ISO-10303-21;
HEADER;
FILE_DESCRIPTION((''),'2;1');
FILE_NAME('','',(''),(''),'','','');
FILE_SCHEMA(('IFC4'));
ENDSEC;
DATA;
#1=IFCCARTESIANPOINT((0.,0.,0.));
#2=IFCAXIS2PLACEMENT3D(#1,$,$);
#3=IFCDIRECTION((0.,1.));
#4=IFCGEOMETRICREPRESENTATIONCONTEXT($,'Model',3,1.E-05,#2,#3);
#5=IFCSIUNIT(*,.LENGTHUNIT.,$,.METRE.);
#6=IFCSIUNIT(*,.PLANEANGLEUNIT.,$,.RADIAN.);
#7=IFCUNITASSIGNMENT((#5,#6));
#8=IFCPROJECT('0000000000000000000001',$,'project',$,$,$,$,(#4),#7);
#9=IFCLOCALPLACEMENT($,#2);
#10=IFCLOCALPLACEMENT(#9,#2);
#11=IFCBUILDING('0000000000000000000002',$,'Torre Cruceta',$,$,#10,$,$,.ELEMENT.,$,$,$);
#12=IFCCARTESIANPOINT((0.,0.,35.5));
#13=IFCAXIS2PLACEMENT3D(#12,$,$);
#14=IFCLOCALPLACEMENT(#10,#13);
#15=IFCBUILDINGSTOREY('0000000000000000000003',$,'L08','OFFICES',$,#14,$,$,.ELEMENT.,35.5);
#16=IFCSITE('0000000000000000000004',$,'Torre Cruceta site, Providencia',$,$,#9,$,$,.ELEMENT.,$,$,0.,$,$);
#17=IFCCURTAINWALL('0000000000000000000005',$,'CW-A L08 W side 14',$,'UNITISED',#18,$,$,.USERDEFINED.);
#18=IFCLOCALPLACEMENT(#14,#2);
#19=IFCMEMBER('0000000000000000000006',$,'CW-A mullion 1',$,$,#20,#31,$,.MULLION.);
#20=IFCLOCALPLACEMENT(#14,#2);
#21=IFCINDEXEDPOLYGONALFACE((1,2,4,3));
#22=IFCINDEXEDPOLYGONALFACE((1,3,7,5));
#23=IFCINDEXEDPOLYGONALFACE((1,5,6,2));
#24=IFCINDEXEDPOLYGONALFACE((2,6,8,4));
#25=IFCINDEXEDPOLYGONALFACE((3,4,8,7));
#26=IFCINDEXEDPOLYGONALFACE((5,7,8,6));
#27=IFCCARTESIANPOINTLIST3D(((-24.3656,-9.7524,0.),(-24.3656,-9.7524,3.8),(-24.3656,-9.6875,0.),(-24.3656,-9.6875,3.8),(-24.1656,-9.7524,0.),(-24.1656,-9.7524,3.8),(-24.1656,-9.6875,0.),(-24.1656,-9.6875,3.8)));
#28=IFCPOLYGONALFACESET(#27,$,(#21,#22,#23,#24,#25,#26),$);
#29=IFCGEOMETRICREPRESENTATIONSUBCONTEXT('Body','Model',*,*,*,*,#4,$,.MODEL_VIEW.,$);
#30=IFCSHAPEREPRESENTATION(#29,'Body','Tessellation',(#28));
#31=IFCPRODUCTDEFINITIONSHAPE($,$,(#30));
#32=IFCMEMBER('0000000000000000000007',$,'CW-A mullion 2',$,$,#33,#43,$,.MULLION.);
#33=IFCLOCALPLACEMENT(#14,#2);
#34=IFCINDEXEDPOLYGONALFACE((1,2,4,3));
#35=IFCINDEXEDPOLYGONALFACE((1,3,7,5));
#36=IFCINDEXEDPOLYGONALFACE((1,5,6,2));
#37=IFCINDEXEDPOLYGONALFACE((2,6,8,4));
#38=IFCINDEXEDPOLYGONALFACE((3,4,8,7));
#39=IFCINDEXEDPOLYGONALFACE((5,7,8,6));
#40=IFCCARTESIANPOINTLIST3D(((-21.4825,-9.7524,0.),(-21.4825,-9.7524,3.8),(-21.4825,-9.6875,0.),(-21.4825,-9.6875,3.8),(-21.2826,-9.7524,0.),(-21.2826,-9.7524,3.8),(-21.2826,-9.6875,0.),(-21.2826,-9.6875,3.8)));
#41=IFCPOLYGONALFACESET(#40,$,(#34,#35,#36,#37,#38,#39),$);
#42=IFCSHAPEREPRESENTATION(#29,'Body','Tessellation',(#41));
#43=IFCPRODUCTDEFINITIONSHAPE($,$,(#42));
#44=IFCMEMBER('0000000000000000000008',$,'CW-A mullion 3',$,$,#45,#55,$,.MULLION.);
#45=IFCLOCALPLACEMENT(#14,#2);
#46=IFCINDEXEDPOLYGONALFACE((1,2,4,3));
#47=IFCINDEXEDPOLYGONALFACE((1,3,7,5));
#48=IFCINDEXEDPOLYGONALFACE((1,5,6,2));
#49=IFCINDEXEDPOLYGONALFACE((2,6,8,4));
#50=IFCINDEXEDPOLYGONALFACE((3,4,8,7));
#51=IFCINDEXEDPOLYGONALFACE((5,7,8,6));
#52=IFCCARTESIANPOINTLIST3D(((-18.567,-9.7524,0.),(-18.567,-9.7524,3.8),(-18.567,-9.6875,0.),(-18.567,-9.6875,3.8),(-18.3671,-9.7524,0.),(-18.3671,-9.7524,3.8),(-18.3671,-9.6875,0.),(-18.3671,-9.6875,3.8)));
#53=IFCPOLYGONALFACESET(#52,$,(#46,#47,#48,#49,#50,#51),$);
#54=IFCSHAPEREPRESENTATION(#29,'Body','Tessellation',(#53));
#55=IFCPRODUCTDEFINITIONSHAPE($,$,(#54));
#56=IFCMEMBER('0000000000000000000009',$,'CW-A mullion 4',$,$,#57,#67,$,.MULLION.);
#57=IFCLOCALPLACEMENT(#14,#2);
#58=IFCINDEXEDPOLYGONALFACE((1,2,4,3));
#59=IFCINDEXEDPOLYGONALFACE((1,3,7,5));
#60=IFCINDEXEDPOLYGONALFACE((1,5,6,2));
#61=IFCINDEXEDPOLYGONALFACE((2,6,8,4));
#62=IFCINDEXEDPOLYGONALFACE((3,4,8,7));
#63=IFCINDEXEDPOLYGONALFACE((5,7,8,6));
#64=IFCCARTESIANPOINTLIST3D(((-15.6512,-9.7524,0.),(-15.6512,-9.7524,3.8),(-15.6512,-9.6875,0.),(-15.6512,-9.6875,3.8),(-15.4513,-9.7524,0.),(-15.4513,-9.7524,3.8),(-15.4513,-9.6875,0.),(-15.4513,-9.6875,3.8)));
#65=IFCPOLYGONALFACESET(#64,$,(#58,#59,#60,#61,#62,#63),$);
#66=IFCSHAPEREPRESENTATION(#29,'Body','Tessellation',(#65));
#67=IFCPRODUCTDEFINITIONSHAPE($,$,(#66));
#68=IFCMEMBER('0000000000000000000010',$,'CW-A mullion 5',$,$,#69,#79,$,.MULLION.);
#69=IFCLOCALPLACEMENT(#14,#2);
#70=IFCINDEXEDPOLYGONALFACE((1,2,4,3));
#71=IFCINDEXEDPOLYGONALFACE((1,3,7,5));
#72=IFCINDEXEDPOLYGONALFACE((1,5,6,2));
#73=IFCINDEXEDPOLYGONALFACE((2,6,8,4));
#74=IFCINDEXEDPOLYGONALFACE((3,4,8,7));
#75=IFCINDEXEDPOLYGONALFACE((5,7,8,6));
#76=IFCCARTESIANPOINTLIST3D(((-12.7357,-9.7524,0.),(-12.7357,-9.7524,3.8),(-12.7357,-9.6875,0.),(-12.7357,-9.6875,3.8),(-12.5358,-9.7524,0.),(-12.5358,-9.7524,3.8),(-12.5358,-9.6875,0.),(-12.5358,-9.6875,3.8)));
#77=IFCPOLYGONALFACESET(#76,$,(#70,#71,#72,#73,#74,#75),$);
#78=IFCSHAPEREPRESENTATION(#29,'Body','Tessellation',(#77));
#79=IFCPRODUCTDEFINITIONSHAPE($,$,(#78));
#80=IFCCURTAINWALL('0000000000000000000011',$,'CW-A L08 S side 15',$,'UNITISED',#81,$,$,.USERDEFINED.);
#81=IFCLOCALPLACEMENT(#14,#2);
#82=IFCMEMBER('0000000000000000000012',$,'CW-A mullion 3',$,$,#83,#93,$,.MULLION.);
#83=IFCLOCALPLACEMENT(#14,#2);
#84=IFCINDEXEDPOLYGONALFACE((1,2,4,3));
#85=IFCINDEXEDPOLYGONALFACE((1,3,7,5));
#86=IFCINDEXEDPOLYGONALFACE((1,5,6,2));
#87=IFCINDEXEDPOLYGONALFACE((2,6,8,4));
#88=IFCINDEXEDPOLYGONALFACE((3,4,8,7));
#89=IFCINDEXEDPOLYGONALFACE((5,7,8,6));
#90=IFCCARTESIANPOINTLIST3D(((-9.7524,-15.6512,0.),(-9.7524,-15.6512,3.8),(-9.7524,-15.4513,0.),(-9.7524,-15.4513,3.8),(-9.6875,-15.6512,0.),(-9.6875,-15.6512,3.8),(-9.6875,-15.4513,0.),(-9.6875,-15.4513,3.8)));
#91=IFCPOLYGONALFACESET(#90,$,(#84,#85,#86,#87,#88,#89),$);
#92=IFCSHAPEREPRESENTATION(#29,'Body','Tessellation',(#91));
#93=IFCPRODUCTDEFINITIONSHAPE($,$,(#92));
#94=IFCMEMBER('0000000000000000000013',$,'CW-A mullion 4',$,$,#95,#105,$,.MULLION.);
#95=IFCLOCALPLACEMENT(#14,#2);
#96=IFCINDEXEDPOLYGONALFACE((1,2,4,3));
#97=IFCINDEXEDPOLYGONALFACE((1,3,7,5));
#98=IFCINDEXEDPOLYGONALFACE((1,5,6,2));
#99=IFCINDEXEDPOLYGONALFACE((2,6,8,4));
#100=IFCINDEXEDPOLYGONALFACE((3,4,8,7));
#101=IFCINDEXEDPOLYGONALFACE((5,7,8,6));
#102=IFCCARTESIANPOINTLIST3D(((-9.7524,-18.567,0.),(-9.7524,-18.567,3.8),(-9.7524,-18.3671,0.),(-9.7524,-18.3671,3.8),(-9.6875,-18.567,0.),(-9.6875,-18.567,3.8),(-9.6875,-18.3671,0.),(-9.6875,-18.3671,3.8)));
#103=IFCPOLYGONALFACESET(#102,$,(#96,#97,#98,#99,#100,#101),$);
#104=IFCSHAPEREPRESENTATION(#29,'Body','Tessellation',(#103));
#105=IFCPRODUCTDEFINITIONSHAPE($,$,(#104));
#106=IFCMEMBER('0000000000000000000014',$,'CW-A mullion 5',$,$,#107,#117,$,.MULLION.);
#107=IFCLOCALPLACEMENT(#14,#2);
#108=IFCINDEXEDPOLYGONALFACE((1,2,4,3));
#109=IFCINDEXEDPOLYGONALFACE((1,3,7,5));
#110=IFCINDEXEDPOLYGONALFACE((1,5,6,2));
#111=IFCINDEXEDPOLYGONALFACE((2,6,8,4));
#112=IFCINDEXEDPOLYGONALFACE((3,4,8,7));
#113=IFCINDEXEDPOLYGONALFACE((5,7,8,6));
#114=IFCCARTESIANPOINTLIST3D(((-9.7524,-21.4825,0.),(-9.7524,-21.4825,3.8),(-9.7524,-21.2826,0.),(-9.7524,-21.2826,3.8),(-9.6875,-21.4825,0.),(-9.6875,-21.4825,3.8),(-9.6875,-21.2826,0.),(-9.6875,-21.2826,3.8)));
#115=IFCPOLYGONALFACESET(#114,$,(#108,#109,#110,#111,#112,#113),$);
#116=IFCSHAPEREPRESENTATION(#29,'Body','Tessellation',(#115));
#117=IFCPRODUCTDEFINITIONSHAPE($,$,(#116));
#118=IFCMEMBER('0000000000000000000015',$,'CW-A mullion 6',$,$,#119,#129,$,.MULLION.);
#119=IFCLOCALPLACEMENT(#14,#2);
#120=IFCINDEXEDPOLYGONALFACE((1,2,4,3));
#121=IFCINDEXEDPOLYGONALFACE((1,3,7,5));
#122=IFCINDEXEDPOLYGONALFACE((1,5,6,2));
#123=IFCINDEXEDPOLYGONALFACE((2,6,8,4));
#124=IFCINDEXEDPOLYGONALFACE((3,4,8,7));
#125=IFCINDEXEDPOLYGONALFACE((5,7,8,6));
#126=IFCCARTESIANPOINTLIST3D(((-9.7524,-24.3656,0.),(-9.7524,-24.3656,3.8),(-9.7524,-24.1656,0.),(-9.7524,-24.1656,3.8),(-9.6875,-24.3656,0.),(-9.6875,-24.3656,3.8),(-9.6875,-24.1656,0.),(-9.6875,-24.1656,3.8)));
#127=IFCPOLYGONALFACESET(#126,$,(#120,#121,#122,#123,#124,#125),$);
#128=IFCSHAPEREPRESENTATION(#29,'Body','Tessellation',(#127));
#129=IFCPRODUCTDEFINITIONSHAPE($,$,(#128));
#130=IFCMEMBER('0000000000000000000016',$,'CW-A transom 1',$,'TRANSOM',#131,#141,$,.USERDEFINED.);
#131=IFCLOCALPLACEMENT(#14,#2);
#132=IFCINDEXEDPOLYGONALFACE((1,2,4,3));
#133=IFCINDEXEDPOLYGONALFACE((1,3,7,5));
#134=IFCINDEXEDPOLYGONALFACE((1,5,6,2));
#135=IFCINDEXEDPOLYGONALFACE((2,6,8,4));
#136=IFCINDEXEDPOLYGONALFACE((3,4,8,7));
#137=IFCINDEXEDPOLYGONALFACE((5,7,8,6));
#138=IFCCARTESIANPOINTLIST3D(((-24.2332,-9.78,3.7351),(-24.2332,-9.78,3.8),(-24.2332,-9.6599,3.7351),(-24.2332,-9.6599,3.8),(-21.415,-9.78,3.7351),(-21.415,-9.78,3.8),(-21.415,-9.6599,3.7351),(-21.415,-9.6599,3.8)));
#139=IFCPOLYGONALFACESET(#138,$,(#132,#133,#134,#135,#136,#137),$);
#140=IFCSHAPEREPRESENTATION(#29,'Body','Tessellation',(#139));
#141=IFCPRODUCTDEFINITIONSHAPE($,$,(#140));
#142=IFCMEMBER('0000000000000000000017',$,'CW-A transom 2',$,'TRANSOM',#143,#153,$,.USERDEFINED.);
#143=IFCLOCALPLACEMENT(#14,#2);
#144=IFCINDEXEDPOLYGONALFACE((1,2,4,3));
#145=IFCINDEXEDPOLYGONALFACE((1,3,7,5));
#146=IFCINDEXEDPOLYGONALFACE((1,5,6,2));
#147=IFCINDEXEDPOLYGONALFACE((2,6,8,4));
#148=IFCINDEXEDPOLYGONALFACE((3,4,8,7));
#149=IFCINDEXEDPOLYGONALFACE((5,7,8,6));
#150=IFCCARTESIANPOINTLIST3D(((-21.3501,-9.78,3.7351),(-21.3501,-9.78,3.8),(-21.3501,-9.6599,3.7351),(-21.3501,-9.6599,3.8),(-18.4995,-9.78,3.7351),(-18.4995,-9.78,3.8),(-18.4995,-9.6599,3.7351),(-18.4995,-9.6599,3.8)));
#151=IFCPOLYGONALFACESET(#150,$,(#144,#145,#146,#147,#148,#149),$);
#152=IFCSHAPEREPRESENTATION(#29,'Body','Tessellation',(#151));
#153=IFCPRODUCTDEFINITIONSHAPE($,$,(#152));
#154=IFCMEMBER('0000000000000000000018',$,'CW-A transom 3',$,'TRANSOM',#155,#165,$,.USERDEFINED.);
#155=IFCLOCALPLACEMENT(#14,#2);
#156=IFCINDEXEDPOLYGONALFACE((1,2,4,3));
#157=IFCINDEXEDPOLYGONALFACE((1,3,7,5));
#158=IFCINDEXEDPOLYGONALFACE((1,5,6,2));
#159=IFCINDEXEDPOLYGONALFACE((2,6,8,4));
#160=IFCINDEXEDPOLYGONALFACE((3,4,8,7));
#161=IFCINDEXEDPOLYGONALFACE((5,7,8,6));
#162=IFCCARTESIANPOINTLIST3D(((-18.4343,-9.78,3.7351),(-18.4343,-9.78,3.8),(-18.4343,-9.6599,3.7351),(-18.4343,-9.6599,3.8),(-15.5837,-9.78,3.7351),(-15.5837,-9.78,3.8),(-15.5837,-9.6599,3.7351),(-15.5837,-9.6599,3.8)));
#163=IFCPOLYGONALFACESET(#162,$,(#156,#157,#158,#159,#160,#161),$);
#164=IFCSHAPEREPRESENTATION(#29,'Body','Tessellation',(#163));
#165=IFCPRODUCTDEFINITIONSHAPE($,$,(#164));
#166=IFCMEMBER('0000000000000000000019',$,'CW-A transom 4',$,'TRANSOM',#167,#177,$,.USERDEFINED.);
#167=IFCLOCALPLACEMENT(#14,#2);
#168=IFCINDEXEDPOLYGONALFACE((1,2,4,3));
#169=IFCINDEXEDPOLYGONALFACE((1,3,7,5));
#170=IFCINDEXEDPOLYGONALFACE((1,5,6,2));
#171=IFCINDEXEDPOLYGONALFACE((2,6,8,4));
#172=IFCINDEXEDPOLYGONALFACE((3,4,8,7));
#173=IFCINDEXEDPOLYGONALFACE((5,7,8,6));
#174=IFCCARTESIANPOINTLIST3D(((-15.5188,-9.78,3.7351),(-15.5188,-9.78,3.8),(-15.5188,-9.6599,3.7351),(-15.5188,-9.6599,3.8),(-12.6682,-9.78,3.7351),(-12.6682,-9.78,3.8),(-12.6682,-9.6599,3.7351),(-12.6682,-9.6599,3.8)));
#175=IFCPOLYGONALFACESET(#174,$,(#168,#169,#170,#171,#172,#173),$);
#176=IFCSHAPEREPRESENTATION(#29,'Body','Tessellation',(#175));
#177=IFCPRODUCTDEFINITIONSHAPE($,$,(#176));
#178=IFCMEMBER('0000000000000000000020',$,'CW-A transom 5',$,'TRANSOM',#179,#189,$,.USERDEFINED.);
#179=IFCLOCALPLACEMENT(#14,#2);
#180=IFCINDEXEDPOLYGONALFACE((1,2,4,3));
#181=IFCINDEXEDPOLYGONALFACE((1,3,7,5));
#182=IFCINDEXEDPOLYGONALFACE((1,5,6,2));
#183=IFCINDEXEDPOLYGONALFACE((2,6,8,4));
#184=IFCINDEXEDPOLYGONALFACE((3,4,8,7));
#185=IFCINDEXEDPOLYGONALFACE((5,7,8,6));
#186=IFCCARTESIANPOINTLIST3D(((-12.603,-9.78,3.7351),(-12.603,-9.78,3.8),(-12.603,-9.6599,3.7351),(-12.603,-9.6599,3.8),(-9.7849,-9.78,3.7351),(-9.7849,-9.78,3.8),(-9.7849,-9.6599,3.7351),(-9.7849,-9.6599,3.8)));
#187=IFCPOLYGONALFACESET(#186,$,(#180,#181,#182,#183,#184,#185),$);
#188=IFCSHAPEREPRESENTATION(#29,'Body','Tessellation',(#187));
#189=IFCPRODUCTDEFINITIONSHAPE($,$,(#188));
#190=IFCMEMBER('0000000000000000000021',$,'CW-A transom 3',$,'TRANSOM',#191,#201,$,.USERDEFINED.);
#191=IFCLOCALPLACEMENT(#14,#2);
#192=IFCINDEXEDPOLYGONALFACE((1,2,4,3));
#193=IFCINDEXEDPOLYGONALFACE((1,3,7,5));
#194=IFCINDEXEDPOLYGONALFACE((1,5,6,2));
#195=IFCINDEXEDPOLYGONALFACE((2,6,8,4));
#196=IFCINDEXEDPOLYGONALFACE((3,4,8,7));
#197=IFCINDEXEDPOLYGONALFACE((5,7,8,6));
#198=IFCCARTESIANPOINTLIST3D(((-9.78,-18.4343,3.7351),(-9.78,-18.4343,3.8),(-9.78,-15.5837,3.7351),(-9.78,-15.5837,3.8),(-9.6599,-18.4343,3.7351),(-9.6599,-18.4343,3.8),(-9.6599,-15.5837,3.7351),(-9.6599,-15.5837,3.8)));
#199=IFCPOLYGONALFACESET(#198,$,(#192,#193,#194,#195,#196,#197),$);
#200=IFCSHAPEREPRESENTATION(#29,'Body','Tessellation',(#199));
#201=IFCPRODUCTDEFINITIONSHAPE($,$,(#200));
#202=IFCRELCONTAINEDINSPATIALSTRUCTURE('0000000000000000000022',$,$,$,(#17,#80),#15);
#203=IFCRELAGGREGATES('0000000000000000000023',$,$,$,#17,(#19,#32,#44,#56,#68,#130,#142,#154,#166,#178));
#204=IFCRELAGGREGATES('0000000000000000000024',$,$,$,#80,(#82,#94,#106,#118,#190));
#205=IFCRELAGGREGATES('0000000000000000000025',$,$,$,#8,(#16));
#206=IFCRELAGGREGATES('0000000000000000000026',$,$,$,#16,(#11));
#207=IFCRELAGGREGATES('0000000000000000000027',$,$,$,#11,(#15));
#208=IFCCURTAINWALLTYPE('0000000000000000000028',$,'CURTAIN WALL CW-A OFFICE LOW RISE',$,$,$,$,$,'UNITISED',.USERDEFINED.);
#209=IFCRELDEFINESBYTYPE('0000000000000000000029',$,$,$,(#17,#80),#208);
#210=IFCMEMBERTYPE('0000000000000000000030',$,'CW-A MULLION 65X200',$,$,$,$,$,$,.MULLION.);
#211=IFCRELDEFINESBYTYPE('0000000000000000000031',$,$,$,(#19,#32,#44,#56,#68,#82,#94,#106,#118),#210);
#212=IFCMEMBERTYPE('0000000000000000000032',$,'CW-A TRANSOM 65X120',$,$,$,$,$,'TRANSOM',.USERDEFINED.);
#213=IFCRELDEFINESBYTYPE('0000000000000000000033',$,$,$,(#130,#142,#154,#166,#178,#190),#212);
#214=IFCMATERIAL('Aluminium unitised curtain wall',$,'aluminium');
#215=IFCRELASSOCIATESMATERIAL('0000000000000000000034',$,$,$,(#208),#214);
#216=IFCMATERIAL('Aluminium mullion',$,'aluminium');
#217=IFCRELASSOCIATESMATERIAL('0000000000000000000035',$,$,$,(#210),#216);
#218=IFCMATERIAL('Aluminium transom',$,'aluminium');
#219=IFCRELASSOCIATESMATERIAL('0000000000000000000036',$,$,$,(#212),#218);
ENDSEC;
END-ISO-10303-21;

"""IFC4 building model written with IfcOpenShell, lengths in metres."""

from ifc_helpers import new_model, si_unit, direction, frame, origin, origin_2d, place, context, subcontext, project, spatial, rectangle, extrude, material, material_profile, profile_set, type_object, element, aggregate, save


model = new_model("IFC4")

# Units and contexts
model_context = context("Model", 3, precision=1e-05, world=origin(), true_north=direction((0.0, 1.0)))
body_context = subcontext(model_context, "Body", "Model", "MODEL_VIEW")
ifc_project = project(units=[si_unit("LENGTHUNIT", "METRE"), si_unit("PLANEANGLEUNIT", "RADIAN")], contexts=[model_context])

# Site, building, storey
site_placement = place(None, origin())
site = spatial("IfcSite", under=ifc_project, at=site_placement, Name="Torre Cruceta site, Providencia", CompositionType="ELEMENT", RefElevation=0.0)
building_placement = place(site_placement, origin())
building = spatial("IfcBuilding", under=site, at=building_placement, Name="Torre Cruceta", CompositionType="ELEMENT")
storey_placement = place(building_placement, frame((0.0, 0.0, 35.5)))
storey = spatial("IfcBuildingStorey", under=building, at=storey_placement, Name="L08", Description="OFFICES", CompositionType="ELEMENT", Elevation=35.5)

# Curtain walls, members
ifc_material_1 = material(Name="Aluminium unitised curtain wall", Category="aluminium")
curtain_wall_type = type_object("IfcCurtainWallType", Name="CURTAIN WALL CW-A OFFICE LOW RISE", ElementType="UNITISED", PredefinedType="USERDEFINED", material=ifc_material_1)
curtain_wall_1_placement = place(storey_placement, origin())
curtain_wall_1 = element("IfcCurtainWall", 1, at=curtain_wall_1_placement, inside=storey, type_object=curtain_wall_type, Name="CW-A L08 W side 14", ObjectType="UNITISED", PredefinedType="USERDEFINED")
ifc_material_2 = material(Name="Aluminium mullion", Category="aluminium")
ifc_material_profile_1 = material_profile(ifc_material_2, rectangle(XDim=0.0649, YDim=0.2, at=origin_2d()), Name="AL 65X200")
ifc_profile_set_1 = profile_set([ifc_material_profile_1], Name="Aluminium mullion")
member_type_1 = type_object("IfcMemberType", Name="CW-A MULLION 65X200", PredefinedType="MULLION", material=ifc_profile_set_1)
member_1_placement = place(storey_placement, frame((-24.2656, -9.72, 0.0), z_axis=(0.0, 0.0, 1.0), x_axis=(0.0, 1.0, 0.0)))
member_1 = element("IfcMember", 2, at=member_1_placement, type_object=member_type_1, Name="CW-A mullion 1", PredefinedType="MULLION", context=body_context, shape_type="SweptSolid", body=[
    extrude(rectangle(XDim=0.0649, YDim=0.2, at=origin_2d()), origin(), (0.0, 0.0, 1.0), 3.8),
])
member_2_placement = place(storey_placement, frame((-21.3826, -9.72, 0.0), z_axis=(0.0, 0.0, 1.0), x_axis=(0.0, 1.0, 0.0)))
member_2 = element("IfcMember", 3, at=member_2_placement, type_object=member_type_1, Name="CW-A mullion 2", PredefinedType="MULLION", context=body_context, shape_type="SweptSolid", body=[
    extrude(rectangle(XDim=0.0649, YDim=0.2, at=origin_2d()), origin(), (0.0, 0.0, 1.0), 3.8),
])
member_3_placement = place(storey_placement, frame((-18.467, -9.72, 0.0), z_axis=(0.0, 0.0, 1.0), x_axis=(0.0, 1.0, 0.0)))
member_3 = element("IfcMember", 4, at=member_3_placement, type_object=member_type_1, Name="CW-A mullion 3", PredefinedType="MULLION", context=body_context, shape_type="SweptSolid", body=[
    extrude(rectangle(XDim=0.0649, YDim=0.2, at=origin_2d()), origin(), (0.0, 0.0, 1.0), 3.8),
])
member_4_placement = place(storey_placement, frame((-15.5513, -9.72, 0.0), z_axis=(0.0, 0.0, 1.0), x_axis=(0.0, 1.0, 0.0)))
member_4 = element("IfcMember", 5, at=member_4_placement, type_object=member_type_1, Name="CW-A mullion 4", PredefinedType="MULLION", context=body_context, shape_type="SweptSolid", body=[
    extrude(rectangle(XDim=0.0649, YDim=0.2, at=origin_2d()), origin(), (0.0, 0.0, 1.0), 3.8),
])
member_5_placement = place(storey_placement, frame((-12.6357, -9.72, 0.0), z_axis=(0.0, 0.0, 1.0), x_axis=(0.0, 1.0, 0.0)))
member_5 = element("IfcMember", 6, at=member_5_placement, type_object=member_type_1, Name="CW-A mullion 5", PredefinedType="MULLION", context=body_context, shape_type="SweptSolid", body=[
    extrude(rectangle(XDim=0.0649, YDim=0.2, at=origin_2d()), origin(), (0.0, 0.0, 1.0), 3.8),
])
curtain_wall_2_placement = place(storey_placement, origin())
curtain_wall_2 = element("IfcCurtainWall", 7, at=curtain_wall_2_placement, inside=storey, type_object=curtain_wall_type, Name="CW-A L08 S side 15", ObjectType="UNITISED", PredefinedType="USERDEFINED")
member_6_placement = place(storey_placement, frame((-9.72, -15.5513, 0.0), z_axis=(0.0, 0.0, 1.0), x_axis=(1.0, 0.0, 0.0)))
member_6 = element("IfcMember", 8, at=member_6_placement, type_object=member_type_1, Name="CW-A mullion 3", PredefinedType="MULLION", context=body_context, shape_type="SweptSolid", body=[
    extrude(rectangle(XDim=0.0649, YDim=0.2, at=origin_2d()), origin(), (0.0, 0.0, 1.0), 3.8),
])
member_7_placement = place(storey_placement, frame((-9.72, -18.467, 0.0), z_axis=(0.0, 0.0, 1.0), x_axis=(1.0, 0.0, 0.0)))
member_7 = element("IfcMember", 9, at=member_7_placement, type_object=member_type_1, Name="CW-A mullion 4", PredefinedType="MULLION", context=body_context, shape_type="SweptSolid", body=[
    extrude(rectangle(XDim=0.0649, YDim=0.2, at=origin_2d()), origin(), (0.0, 0.0, 1.0), 3.8),
])
member_8_placement = place(storey_placement, frame((-9.72, -21.3826, 0.0), z_axis=(0.0, 0.0, 1.0), x_axis=(1.0, 0.0, 0.0)))
member_8 = element("IfcMember", 10, at=member_8_placement, type_object=member_type_1, Name="CW-A mullion 5", PredefinedType="MULLION", context=body_context, shape_type="SweptSolid", body=[
    extrude(rectangle(XDim=0.0649, YDim=0.2, at=origin_2d()), origin(), (0.0, 0.0, 1.0), 3.8),
])
member_9_placement = place(storey_placement, frame((-9.72, -24.2656, 0.0), z_axis=(0.0, 0.0, 1.0), x_axis=(1.0, 0.0, 0.0)))
member_9 = element("IfcMember", 11, at=member_9_placement, type_object=member_type_1, Name="CW-A mullion 6", PredefinedType="MULLION", context=body_context, shape_type="SweptSolid", body=[
    extrude(rectangle(XDim=0.0649, YDim=0.2, at=origin_2d()), origin(), (0.0, 0.0, 1.0), 3.8),
])

# Members
ifc_material_3 = material(Name="Aluminium transom", Category="aluminium")
ifc_material_profile_2 = material_profile(ifc_material_3, rectangle(XDim=0.1201, YDim=0.0649, at=origin_2d()), Name="AL 120X65")
ifc_profile_set_2 = profile_set([ifc_material_profile_2], Name="Aluminium transom")
member_type_2 = type_object("IfcMemberType", Name="CW-A TRANSOM 65X120", ElementType="TRANSOM", PredefinedType="USERDEFINED", material=ifc_profile_set_2)
member_10_placement = place(storey_placement, frame((-24.2332, -9.72, 3.7676), z_axis=(1.0, 0.0, 0.0), x_axis=(0.0, 1.0, 0.0)))
member_10 = element("IfcMember", 12, at=member_10_placement, type_object=member_type_2, Name="CW-A transom 1", ObjectType="TRANSOM", PredefinedType="USERDEFINED", context=body_context, shape_type="SweptSolid", body=[
    extrude(rectangle(XDim=0.1201, YDim=0.0649, at=origin_2d()), origin(), (0.0, 0.0, 1.0), 2.8181),
])
member_11_placement = place(storey_placement, frame((-21.3501, -9.72, 3.7676), z_axis=(1.0, 0.0, 0.0), x_axis=(0.0, 1.0, 0.0)))
member_11 = element("IfcMember", 13, at=member_11_placement, type_object=member_type_2, Name="CW-A transom 2", ObjectType="TRANSOM", PredefinedType="USERDEFINED", context=body_context, shape_type="SweptSolid", body=[
    extrude(rectangle(XDim=0.1201, YDim=0.0649, at=origin_2d()), origin(), (0.0, 0.0, 1.0), 2.8506),
])
member_12_placement = place(storey_placement, frame((-18.4343, -9.72, 3.7676), z_axis=(1.0, 0.0, 0.0), x_axis=(0.0, 1.0, 0.0)))
member_12 = element("IfcMember", 14, at=member_12_placement, type_object=member_type_2, Name="CW-A transom 3", ObjectType="TRANSOM", PredefinedType="USERDEFINED", context=body_context, shape_type="SweptSolid", body=[
    extrude(rectangle(XDim=0.1201, YDim=0.0649, at=origin_2d()), origin(), (0.0, 0.0, 1.0), 2.8506),
])
member_13_placement = place(storey_placement, frame((-15.5188, -9.72, 3.7676), z_axis=(1.0, 0.0, 0.0), x_axis=(0.0, 1.0, 0.0)))
member_13 = element("IfcMember", 15, at=member_13_placement, type_object=member_type_2, Name="CW-A transom 4", ObjectType="TRANSOM", PredefinedType="USERDEFINED", context=body_context, shape_type="SweptSolid", body=[
    extrude(rectangle(XDim=0.1201, YDim=0.0649, at=origin_2d()), origin(), (0.0, 0.0, 1.0), 2.8506),
])
member_14_placement = place(storey_placement, frame((-12.603, -9.72, 3.7676), z_axis=(1.0, 0.0, 0.0), x_axis=(0.0, 1.0, 0.0)))
member_14 = element("IfcMember", 16, at=member_14_placement, type_object=member_type_2, Name="CW-A transom 5", ObjectType="TRANSOM", PredefinedType="USERDEFINED", context=body_context, shape_type="SweptSolid", body=[
    extrude(rectangle(XDim=0.1201, YDim=0.0649, at=origin_2d()), origin(), (0.0, 0.0, 1.0), 2.8181),
])
member_15_placement = place(storey_placement, frame((-9.72, -15.5837, 3.7676), z_axis=(0.0, -1.0, 0.0), x_axis=(1.0, 0.0, 0.0)))
member_15 = element("IfcMember", 17, at=member_15_placement, type_object=member_type_2, Name="CW-A transom 3", ObjectType="TRANSOM", PredefinedType="USERDEFINED", context=body_context, shape_type="SweptSolid", body=[
    extrude(rectangle(XDim=0.1201, YDim=0.0649, at=origin_2d()), origin(), (0.0, 0.0, 1.0), 2.8506),
])

aggregate(curtain_wall_1, [member_1, member_2, member_3, member_4, member_5, member_10, member_11, member_12, member_13, member_14])
aggregate(curtain_wall_2, [member_6, member_7, member_8, member_9, member_15])

save(model, "model.ifc")
